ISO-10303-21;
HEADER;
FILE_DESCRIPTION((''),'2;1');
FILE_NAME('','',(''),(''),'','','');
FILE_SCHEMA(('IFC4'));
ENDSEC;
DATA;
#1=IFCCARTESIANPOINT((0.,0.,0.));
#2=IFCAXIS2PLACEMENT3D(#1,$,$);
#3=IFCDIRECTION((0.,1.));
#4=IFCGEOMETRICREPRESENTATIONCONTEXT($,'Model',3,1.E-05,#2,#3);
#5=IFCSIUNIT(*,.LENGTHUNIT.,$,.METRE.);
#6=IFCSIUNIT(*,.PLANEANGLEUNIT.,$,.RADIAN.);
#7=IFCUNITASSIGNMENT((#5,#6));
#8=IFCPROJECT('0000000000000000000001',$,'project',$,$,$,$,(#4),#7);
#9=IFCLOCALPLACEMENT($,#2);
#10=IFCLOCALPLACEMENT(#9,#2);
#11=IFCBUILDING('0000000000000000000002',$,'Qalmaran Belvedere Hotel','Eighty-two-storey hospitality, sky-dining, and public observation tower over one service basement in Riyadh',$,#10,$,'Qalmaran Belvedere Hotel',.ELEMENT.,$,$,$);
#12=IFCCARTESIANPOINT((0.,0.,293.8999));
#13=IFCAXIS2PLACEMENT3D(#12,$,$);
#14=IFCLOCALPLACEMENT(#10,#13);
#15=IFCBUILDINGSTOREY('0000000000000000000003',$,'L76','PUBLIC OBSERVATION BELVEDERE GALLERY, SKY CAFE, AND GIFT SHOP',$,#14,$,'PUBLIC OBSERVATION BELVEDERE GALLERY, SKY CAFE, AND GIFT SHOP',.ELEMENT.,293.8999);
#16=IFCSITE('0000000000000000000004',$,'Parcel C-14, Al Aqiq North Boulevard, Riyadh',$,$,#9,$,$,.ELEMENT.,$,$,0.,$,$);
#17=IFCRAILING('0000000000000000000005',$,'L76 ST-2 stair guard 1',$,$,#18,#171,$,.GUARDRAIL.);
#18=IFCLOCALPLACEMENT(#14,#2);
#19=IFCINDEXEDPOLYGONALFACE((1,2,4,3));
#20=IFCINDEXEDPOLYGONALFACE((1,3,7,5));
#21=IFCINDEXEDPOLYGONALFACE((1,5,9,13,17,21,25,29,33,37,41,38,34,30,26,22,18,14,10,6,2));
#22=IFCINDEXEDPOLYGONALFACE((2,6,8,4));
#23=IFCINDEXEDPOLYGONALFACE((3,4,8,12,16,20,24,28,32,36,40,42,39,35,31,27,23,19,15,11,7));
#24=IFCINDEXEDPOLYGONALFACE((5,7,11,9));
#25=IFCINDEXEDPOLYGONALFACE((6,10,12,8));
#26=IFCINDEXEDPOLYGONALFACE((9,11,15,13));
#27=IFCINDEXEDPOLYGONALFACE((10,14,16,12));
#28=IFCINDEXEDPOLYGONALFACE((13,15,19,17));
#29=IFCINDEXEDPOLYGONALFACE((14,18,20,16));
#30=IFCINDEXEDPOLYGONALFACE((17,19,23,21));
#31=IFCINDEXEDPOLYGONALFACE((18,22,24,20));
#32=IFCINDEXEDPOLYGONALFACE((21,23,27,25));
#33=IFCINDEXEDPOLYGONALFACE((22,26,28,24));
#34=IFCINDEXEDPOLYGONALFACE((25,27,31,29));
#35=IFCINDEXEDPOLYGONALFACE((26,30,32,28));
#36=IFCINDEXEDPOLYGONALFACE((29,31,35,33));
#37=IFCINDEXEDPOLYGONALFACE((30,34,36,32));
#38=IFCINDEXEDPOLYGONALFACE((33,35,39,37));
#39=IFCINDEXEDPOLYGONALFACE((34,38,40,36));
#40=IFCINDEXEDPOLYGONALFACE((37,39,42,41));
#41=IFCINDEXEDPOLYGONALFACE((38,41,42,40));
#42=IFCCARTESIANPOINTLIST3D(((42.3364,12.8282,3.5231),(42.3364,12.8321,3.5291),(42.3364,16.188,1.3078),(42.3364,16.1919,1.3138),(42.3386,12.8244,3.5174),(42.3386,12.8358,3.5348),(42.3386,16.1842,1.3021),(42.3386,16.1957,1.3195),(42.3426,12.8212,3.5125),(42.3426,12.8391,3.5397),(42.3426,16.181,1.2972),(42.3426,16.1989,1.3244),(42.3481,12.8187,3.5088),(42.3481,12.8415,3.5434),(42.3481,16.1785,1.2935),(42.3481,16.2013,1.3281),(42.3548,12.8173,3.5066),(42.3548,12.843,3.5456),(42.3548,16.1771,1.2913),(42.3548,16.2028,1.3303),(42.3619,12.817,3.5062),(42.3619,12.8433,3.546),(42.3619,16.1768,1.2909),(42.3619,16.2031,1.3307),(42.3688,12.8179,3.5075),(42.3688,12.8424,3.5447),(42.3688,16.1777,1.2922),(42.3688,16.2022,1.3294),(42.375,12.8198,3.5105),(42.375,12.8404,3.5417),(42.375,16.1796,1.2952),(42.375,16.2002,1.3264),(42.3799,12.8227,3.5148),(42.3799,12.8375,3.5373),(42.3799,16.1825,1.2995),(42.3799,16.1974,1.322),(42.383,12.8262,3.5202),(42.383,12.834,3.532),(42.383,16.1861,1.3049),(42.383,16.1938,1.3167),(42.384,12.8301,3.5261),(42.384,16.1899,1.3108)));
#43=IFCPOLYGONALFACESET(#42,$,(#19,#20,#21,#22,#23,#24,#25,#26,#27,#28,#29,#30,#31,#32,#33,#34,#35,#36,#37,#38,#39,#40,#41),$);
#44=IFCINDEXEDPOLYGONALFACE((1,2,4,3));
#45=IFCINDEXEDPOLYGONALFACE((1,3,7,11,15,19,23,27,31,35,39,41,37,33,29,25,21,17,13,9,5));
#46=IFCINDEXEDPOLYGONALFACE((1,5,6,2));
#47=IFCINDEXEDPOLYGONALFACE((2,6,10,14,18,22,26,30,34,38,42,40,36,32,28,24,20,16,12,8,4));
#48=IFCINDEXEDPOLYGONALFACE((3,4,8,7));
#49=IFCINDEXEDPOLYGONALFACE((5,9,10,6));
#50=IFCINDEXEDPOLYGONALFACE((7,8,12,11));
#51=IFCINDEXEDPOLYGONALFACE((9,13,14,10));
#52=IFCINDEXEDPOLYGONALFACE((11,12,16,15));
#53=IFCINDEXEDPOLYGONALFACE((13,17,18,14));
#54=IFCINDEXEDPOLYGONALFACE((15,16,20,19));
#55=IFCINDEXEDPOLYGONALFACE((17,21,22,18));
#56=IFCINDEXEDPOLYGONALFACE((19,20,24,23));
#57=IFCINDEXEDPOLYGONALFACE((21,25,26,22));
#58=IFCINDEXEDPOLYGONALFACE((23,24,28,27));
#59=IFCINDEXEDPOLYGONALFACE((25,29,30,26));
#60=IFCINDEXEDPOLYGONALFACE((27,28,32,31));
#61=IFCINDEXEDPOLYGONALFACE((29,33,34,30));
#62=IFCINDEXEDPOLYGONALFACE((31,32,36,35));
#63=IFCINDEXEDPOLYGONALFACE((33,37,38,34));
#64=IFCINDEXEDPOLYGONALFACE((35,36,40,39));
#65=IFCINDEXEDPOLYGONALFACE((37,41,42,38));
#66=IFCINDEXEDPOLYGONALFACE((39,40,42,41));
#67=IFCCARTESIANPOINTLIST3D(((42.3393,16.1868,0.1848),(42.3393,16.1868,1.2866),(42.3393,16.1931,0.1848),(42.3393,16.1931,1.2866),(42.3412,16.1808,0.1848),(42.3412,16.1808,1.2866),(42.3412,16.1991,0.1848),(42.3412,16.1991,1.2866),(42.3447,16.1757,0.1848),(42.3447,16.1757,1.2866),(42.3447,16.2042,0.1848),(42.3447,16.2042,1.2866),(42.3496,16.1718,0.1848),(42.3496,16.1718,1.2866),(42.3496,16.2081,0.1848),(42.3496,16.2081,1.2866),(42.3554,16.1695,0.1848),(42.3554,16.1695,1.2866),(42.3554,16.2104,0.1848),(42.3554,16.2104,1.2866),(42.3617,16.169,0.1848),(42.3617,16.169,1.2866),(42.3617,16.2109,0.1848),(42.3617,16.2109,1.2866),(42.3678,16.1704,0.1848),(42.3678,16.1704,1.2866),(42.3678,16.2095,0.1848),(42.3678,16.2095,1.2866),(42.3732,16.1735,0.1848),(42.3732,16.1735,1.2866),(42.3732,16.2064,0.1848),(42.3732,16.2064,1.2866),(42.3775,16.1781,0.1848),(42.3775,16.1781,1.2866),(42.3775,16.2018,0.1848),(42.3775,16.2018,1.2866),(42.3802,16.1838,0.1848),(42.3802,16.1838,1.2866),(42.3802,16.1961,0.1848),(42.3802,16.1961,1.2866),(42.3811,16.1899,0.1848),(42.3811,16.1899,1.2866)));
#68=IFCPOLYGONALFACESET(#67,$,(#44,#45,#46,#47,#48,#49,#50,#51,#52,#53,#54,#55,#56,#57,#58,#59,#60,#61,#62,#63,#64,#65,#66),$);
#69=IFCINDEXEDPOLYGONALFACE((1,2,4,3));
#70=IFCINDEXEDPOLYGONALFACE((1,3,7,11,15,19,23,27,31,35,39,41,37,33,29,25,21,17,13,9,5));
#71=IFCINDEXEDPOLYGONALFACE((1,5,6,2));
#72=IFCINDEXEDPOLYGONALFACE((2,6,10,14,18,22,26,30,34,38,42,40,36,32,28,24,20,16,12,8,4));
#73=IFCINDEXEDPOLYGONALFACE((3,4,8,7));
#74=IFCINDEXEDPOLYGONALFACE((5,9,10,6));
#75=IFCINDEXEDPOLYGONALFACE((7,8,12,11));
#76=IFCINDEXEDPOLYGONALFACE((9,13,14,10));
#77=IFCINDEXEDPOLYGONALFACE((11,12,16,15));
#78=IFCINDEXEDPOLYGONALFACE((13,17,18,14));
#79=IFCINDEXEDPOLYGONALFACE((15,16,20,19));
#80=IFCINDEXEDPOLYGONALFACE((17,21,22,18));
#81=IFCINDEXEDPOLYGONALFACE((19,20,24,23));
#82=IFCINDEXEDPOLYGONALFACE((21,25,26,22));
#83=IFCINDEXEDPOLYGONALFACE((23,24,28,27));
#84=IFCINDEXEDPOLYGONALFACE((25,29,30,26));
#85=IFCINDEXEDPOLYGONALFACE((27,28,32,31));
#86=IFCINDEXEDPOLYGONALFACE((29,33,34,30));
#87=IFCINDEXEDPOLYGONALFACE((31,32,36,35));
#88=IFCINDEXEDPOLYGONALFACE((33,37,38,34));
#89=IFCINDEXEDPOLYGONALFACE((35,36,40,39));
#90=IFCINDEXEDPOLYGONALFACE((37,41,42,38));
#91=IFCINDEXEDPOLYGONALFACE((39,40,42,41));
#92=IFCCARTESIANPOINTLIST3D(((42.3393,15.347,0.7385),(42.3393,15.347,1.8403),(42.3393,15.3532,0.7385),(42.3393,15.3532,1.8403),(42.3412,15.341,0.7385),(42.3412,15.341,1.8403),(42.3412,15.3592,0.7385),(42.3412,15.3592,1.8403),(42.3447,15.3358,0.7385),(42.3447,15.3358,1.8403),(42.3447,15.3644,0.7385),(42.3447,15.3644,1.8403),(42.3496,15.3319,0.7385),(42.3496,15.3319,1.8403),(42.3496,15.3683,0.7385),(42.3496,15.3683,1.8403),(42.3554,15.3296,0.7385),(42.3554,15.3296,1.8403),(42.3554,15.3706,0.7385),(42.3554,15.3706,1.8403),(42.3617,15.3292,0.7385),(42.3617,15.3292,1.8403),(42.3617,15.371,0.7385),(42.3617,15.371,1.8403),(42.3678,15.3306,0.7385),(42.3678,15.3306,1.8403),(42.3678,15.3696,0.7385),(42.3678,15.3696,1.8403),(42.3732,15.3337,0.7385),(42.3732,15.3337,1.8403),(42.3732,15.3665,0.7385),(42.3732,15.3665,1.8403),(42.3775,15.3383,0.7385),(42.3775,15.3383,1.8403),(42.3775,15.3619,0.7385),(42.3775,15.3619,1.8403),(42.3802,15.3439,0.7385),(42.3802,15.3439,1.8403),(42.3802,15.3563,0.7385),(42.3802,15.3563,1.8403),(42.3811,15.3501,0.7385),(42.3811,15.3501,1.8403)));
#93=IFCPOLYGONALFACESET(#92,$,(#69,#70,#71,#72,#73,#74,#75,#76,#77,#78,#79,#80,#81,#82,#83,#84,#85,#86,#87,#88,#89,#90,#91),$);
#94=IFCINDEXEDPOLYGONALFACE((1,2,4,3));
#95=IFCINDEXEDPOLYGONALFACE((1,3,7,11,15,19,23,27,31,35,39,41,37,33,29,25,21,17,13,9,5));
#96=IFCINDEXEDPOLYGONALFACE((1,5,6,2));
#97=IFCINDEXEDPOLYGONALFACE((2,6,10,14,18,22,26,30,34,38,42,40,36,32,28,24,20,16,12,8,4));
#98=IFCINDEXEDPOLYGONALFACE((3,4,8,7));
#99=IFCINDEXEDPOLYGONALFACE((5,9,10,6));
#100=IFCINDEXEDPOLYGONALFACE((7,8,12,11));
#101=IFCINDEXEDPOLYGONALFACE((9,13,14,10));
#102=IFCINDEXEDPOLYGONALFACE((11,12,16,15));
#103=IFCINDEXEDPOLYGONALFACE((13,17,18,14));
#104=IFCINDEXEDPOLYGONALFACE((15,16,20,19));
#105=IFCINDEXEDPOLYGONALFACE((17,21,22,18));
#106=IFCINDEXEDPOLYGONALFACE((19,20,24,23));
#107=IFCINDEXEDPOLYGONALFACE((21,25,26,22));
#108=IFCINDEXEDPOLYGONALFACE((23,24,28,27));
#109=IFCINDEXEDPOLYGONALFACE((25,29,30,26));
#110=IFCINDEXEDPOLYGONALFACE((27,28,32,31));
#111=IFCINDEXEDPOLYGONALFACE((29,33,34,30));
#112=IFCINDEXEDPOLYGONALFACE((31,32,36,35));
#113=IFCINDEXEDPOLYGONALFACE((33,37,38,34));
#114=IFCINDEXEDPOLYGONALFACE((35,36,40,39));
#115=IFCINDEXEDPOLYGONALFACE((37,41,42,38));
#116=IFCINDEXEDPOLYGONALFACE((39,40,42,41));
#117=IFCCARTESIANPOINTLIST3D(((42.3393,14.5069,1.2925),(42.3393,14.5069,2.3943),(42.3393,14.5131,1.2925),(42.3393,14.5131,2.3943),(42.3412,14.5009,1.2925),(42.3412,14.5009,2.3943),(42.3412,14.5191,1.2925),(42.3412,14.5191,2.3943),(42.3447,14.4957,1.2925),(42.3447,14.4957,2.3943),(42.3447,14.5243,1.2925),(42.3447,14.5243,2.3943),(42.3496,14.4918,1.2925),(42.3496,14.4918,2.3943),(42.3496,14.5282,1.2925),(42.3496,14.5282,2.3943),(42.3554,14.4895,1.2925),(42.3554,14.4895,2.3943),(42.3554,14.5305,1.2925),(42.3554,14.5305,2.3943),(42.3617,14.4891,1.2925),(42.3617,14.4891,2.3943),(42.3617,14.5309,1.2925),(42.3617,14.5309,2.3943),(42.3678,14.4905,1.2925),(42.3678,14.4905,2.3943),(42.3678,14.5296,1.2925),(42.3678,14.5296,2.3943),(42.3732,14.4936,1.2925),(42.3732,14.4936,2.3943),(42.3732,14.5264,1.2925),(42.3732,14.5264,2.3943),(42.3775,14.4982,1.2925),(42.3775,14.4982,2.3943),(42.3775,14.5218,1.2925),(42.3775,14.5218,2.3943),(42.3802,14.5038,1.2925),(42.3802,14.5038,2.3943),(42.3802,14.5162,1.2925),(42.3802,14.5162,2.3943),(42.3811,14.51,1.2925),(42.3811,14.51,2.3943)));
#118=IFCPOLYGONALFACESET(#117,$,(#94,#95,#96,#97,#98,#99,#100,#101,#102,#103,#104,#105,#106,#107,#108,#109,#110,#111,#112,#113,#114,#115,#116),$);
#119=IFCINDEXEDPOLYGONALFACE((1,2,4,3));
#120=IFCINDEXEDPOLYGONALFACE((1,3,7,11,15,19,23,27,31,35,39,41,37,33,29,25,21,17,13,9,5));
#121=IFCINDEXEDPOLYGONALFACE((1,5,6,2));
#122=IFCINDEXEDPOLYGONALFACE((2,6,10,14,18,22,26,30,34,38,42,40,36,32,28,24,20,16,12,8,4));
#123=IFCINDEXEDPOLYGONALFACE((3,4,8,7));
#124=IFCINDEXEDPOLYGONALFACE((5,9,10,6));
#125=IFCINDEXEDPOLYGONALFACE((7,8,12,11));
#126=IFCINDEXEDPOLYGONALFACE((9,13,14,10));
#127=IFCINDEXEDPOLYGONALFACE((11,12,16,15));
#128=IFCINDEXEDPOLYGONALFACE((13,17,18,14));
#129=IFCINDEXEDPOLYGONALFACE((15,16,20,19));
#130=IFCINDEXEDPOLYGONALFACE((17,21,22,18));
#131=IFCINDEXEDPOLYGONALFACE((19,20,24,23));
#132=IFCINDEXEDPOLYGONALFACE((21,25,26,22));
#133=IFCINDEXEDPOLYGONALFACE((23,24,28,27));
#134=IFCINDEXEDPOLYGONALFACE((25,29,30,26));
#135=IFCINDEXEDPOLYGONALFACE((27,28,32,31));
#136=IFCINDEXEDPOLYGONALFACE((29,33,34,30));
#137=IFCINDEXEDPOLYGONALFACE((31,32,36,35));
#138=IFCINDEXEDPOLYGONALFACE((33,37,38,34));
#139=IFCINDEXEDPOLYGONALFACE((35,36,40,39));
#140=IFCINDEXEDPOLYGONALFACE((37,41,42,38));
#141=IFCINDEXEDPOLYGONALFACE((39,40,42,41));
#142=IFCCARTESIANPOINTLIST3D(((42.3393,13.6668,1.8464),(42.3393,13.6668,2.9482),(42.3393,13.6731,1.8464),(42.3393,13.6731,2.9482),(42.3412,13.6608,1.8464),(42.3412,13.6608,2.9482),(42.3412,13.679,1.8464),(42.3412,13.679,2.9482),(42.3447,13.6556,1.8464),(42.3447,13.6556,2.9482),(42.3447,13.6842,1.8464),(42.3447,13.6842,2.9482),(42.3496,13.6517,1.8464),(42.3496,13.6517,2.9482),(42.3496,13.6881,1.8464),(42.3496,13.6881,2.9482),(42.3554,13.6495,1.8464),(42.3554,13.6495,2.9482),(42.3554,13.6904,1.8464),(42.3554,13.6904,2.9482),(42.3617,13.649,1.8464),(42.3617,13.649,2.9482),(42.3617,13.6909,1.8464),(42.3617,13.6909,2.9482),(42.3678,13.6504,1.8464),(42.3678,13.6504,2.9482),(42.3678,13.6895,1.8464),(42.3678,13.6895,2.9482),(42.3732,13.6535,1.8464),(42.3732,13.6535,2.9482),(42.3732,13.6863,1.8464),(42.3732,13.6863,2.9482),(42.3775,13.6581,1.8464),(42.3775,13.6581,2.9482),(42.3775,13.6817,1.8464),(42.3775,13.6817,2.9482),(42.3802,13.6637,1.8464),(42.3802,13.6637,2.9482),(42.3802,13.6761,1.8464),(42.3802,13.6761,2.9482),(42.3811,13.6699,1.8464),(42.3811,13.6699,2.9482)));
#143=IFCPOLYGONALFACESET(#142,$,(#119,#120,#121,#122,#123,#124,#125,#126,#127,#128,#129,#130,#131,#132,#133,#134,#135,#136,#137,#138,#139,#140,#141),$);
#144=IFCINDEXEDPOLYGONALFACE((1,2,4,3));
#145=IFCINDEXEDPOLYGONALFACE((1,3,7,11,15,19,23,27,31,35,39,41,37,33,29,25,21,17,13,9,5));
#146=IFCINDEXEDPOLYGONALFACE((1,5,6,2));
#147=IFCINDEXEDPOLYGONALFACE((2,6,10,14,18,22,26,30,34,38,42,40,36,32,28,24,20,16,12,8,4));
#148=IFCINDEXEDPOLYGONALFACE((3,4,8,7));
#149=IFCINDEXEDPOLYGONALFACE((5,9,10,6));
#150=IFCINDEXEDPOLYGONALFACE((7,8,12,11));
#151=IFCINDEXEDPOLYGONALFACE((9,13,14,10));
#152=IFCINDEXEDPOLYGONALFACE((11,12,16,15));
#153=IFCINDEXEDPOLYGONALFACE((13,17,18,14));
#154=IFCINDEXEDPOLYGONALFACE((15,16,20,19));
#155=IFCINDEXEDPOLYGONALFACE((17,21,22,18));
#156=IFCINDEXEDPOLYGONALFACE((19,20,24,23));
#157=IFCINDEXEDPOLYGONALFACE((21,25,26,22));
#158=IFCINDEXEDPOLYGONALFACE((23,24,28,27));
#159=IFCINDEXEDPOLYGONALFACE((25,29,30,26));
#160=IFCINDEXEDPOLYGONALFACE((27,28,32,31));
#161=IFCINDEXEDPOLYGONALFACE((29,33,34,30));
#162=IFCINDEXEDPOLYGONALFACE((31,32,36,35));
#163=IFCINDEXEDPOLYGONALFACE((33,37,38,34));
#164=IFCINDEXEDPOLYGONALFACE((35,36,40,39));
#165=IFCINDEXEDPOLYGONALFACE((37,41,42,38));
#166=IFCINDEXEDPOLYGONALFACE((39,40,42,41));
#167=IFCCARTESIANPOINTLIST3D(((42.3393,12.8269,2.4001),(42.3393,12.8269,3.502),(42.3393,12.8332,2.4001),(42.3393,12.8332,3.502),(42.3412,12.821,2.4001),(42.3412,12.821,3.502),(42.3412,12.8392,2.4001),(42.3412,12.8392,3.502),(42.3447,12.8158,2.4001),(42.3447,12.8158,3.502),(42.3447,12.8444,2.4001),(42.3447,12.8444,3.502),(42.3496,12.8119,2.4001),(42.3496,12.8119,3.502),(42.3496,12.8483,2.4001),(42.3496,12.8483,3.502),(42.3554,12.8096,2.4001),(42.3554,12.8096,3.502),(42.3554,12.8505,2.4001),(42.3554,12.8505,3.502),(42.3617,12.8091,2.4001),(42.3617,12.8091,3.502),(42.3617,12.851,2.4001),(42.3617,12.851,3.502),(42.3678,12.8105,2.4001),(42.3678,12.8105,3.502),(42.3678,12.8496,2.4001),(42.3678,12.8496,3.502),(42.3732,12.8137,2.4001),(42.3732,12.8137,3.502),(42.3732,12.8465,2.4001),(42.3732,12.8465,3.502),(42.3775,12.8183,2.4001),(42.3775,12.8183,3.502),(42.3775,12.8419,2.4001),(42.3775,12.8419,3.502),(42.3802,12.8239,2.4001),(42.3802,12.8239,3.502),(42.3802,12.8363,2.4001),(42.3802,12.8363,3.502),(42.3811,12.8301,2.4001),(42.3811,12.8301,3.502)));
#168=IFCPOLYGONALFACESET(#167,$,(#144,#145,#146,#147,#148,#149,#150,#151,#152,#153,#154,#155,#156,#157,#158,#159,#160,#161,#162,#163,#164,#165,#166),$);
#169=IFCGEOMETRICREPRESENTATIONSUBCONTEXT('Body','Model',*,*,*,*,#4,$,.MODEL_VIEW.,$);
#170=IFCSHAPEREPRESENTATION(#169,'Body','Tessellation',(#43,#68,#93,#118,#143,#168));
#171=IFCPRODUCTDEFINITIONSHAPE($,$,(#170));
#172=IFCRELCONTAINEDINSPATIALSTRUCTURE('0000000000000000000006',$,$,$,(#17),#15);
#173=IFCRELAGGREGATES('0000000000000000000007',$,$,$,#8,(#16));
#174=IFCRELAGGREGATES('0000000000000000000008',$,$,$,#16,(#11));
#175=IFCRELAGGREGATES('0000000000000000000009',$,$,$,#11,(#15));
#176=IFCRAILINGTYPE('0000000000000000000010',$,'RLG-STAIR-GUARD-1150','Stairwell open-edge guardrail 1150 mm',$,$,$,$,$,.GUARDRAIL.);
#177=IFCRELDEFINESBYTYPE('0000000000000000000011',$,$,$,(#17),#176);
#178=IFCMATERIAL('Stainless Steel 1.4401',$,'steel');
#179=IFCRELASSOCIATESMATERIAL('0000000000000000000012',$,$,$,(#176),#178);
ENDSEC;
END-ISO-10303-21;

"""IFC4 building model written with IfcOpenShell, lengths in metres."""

from ifc_helpers import new_model, si_unit, direction, frame, origin, origin_2d, place, context, subcontext, project, spatial, circle, extrude, material, type_object, element, save


model = new_model("IFC4")

# Units and contexts
model_context = context("Model", 3, precision=1e-05, world=origin(), true_north=direction((0.0, 1.0)))
body_context = subcontext(model_context, "Body", "Model", "MODEL_VIEW")
ifc_project = project(units=[si_unit("LENGTHUNIT", "METRE"), si_unit("PLANEANGLEUNIT", "RADIAN")], contexts=[model_context])

# Site, building, storey
site_placement = place(None, origin())
site = spatial("IfcSite", under=ifc_project, at=site_placement, Name="Parcel C-14, Al Aqiq North Boulevard, Riyadh", CompositionType="ELEMENT", RefElevation=0.0)
building_placement = place(site_placement, origin())
building = spatial("IfcBuilding", under=site, at=building_placement, Name="Qalmaran Belvedere Hotel", Description="Eighty-two-storey hospitality, sky-dining, and public observation tower over one service basement in Riyadh", LongName="Qalmaran Belvedere Hotel", CompositionType="ELEMENT")
storey_placement = place(building_placement, frame((0.0, 0.0, 293.8999)))
storey = spatial("IfcBuildingStorey", under=building, at=storey_placement, Name="L76", Description="PUBLIC OBSERVATION BELVEDERE GALLERY, SKY CAFE, AND GIFT SHOP", LongName="PUBLIC OBSERVATION BELVEDERE GALLERY, SKY CAFE, AND GIFT SHOP", CompositionType="ELEMENT", Elevation=293.8999)

# Railing
ifc_material_1 = material(Name="Stainless Steel 1.4401", Category="steel")
railing_type_1 = type_object("IfcRailingType", Name="RLG-STAIR-GUARD-1150", Description="Stairwell open-edge guardrail 1150 mm", PredefinedType="GUARDRAIL", material=ifc_material_1)
railing_1_placement = place(storey_placement, frame((42.3601, 16.1899, 0.1848)))
element("IfcRailing", 1, at=railing_1_placement, inside=storey, type_object=railing_type_1, Name="L76 ST-2 stair guard 1", PredefinedType="GUARDRAIL", context=body_context, shape_type="SweptSolid", body=[
    extrude(circle(Radius=0.0239, at=origin_2d()), frame((0.0, 0.0, 1.126), z_axis=(0.0, -0.834858, 0.550465), x_axis=(1.0, 0.0, 0.0)), (0.0, 0.0, 1.0), 4.0244),
    extrude(circle(Radius=0.021, at=origin_2d()), origin(), (0.0, 0.0, 1.0), 1.1018),
    extrude(circle(Radius=0.021, at=origin_2d()), frame((0.0, -0.8398, 0.5537)), (0.0, 0.0, 1.0), 1.1018),
    extrude(circle(Radius=0.021, at=origin_2d()), frame((0.0, -1.6799, 1.1077)), (0.0, 0.0, 1.0), 1.1018),
    extrude(circle(Radius=0.021, at=origin_2d()), frame((0.0, -2.52, 1.6616)), (0.0, 0.0, 1.0), 1.1018),
    extrude(circle(Radius=0.021, at=origin_2d()), frame((0.0, -3.3599, 2.2153)), (0.0, 0.0, 1.0), 1.1018),
])

save(model, "model.ifc")
